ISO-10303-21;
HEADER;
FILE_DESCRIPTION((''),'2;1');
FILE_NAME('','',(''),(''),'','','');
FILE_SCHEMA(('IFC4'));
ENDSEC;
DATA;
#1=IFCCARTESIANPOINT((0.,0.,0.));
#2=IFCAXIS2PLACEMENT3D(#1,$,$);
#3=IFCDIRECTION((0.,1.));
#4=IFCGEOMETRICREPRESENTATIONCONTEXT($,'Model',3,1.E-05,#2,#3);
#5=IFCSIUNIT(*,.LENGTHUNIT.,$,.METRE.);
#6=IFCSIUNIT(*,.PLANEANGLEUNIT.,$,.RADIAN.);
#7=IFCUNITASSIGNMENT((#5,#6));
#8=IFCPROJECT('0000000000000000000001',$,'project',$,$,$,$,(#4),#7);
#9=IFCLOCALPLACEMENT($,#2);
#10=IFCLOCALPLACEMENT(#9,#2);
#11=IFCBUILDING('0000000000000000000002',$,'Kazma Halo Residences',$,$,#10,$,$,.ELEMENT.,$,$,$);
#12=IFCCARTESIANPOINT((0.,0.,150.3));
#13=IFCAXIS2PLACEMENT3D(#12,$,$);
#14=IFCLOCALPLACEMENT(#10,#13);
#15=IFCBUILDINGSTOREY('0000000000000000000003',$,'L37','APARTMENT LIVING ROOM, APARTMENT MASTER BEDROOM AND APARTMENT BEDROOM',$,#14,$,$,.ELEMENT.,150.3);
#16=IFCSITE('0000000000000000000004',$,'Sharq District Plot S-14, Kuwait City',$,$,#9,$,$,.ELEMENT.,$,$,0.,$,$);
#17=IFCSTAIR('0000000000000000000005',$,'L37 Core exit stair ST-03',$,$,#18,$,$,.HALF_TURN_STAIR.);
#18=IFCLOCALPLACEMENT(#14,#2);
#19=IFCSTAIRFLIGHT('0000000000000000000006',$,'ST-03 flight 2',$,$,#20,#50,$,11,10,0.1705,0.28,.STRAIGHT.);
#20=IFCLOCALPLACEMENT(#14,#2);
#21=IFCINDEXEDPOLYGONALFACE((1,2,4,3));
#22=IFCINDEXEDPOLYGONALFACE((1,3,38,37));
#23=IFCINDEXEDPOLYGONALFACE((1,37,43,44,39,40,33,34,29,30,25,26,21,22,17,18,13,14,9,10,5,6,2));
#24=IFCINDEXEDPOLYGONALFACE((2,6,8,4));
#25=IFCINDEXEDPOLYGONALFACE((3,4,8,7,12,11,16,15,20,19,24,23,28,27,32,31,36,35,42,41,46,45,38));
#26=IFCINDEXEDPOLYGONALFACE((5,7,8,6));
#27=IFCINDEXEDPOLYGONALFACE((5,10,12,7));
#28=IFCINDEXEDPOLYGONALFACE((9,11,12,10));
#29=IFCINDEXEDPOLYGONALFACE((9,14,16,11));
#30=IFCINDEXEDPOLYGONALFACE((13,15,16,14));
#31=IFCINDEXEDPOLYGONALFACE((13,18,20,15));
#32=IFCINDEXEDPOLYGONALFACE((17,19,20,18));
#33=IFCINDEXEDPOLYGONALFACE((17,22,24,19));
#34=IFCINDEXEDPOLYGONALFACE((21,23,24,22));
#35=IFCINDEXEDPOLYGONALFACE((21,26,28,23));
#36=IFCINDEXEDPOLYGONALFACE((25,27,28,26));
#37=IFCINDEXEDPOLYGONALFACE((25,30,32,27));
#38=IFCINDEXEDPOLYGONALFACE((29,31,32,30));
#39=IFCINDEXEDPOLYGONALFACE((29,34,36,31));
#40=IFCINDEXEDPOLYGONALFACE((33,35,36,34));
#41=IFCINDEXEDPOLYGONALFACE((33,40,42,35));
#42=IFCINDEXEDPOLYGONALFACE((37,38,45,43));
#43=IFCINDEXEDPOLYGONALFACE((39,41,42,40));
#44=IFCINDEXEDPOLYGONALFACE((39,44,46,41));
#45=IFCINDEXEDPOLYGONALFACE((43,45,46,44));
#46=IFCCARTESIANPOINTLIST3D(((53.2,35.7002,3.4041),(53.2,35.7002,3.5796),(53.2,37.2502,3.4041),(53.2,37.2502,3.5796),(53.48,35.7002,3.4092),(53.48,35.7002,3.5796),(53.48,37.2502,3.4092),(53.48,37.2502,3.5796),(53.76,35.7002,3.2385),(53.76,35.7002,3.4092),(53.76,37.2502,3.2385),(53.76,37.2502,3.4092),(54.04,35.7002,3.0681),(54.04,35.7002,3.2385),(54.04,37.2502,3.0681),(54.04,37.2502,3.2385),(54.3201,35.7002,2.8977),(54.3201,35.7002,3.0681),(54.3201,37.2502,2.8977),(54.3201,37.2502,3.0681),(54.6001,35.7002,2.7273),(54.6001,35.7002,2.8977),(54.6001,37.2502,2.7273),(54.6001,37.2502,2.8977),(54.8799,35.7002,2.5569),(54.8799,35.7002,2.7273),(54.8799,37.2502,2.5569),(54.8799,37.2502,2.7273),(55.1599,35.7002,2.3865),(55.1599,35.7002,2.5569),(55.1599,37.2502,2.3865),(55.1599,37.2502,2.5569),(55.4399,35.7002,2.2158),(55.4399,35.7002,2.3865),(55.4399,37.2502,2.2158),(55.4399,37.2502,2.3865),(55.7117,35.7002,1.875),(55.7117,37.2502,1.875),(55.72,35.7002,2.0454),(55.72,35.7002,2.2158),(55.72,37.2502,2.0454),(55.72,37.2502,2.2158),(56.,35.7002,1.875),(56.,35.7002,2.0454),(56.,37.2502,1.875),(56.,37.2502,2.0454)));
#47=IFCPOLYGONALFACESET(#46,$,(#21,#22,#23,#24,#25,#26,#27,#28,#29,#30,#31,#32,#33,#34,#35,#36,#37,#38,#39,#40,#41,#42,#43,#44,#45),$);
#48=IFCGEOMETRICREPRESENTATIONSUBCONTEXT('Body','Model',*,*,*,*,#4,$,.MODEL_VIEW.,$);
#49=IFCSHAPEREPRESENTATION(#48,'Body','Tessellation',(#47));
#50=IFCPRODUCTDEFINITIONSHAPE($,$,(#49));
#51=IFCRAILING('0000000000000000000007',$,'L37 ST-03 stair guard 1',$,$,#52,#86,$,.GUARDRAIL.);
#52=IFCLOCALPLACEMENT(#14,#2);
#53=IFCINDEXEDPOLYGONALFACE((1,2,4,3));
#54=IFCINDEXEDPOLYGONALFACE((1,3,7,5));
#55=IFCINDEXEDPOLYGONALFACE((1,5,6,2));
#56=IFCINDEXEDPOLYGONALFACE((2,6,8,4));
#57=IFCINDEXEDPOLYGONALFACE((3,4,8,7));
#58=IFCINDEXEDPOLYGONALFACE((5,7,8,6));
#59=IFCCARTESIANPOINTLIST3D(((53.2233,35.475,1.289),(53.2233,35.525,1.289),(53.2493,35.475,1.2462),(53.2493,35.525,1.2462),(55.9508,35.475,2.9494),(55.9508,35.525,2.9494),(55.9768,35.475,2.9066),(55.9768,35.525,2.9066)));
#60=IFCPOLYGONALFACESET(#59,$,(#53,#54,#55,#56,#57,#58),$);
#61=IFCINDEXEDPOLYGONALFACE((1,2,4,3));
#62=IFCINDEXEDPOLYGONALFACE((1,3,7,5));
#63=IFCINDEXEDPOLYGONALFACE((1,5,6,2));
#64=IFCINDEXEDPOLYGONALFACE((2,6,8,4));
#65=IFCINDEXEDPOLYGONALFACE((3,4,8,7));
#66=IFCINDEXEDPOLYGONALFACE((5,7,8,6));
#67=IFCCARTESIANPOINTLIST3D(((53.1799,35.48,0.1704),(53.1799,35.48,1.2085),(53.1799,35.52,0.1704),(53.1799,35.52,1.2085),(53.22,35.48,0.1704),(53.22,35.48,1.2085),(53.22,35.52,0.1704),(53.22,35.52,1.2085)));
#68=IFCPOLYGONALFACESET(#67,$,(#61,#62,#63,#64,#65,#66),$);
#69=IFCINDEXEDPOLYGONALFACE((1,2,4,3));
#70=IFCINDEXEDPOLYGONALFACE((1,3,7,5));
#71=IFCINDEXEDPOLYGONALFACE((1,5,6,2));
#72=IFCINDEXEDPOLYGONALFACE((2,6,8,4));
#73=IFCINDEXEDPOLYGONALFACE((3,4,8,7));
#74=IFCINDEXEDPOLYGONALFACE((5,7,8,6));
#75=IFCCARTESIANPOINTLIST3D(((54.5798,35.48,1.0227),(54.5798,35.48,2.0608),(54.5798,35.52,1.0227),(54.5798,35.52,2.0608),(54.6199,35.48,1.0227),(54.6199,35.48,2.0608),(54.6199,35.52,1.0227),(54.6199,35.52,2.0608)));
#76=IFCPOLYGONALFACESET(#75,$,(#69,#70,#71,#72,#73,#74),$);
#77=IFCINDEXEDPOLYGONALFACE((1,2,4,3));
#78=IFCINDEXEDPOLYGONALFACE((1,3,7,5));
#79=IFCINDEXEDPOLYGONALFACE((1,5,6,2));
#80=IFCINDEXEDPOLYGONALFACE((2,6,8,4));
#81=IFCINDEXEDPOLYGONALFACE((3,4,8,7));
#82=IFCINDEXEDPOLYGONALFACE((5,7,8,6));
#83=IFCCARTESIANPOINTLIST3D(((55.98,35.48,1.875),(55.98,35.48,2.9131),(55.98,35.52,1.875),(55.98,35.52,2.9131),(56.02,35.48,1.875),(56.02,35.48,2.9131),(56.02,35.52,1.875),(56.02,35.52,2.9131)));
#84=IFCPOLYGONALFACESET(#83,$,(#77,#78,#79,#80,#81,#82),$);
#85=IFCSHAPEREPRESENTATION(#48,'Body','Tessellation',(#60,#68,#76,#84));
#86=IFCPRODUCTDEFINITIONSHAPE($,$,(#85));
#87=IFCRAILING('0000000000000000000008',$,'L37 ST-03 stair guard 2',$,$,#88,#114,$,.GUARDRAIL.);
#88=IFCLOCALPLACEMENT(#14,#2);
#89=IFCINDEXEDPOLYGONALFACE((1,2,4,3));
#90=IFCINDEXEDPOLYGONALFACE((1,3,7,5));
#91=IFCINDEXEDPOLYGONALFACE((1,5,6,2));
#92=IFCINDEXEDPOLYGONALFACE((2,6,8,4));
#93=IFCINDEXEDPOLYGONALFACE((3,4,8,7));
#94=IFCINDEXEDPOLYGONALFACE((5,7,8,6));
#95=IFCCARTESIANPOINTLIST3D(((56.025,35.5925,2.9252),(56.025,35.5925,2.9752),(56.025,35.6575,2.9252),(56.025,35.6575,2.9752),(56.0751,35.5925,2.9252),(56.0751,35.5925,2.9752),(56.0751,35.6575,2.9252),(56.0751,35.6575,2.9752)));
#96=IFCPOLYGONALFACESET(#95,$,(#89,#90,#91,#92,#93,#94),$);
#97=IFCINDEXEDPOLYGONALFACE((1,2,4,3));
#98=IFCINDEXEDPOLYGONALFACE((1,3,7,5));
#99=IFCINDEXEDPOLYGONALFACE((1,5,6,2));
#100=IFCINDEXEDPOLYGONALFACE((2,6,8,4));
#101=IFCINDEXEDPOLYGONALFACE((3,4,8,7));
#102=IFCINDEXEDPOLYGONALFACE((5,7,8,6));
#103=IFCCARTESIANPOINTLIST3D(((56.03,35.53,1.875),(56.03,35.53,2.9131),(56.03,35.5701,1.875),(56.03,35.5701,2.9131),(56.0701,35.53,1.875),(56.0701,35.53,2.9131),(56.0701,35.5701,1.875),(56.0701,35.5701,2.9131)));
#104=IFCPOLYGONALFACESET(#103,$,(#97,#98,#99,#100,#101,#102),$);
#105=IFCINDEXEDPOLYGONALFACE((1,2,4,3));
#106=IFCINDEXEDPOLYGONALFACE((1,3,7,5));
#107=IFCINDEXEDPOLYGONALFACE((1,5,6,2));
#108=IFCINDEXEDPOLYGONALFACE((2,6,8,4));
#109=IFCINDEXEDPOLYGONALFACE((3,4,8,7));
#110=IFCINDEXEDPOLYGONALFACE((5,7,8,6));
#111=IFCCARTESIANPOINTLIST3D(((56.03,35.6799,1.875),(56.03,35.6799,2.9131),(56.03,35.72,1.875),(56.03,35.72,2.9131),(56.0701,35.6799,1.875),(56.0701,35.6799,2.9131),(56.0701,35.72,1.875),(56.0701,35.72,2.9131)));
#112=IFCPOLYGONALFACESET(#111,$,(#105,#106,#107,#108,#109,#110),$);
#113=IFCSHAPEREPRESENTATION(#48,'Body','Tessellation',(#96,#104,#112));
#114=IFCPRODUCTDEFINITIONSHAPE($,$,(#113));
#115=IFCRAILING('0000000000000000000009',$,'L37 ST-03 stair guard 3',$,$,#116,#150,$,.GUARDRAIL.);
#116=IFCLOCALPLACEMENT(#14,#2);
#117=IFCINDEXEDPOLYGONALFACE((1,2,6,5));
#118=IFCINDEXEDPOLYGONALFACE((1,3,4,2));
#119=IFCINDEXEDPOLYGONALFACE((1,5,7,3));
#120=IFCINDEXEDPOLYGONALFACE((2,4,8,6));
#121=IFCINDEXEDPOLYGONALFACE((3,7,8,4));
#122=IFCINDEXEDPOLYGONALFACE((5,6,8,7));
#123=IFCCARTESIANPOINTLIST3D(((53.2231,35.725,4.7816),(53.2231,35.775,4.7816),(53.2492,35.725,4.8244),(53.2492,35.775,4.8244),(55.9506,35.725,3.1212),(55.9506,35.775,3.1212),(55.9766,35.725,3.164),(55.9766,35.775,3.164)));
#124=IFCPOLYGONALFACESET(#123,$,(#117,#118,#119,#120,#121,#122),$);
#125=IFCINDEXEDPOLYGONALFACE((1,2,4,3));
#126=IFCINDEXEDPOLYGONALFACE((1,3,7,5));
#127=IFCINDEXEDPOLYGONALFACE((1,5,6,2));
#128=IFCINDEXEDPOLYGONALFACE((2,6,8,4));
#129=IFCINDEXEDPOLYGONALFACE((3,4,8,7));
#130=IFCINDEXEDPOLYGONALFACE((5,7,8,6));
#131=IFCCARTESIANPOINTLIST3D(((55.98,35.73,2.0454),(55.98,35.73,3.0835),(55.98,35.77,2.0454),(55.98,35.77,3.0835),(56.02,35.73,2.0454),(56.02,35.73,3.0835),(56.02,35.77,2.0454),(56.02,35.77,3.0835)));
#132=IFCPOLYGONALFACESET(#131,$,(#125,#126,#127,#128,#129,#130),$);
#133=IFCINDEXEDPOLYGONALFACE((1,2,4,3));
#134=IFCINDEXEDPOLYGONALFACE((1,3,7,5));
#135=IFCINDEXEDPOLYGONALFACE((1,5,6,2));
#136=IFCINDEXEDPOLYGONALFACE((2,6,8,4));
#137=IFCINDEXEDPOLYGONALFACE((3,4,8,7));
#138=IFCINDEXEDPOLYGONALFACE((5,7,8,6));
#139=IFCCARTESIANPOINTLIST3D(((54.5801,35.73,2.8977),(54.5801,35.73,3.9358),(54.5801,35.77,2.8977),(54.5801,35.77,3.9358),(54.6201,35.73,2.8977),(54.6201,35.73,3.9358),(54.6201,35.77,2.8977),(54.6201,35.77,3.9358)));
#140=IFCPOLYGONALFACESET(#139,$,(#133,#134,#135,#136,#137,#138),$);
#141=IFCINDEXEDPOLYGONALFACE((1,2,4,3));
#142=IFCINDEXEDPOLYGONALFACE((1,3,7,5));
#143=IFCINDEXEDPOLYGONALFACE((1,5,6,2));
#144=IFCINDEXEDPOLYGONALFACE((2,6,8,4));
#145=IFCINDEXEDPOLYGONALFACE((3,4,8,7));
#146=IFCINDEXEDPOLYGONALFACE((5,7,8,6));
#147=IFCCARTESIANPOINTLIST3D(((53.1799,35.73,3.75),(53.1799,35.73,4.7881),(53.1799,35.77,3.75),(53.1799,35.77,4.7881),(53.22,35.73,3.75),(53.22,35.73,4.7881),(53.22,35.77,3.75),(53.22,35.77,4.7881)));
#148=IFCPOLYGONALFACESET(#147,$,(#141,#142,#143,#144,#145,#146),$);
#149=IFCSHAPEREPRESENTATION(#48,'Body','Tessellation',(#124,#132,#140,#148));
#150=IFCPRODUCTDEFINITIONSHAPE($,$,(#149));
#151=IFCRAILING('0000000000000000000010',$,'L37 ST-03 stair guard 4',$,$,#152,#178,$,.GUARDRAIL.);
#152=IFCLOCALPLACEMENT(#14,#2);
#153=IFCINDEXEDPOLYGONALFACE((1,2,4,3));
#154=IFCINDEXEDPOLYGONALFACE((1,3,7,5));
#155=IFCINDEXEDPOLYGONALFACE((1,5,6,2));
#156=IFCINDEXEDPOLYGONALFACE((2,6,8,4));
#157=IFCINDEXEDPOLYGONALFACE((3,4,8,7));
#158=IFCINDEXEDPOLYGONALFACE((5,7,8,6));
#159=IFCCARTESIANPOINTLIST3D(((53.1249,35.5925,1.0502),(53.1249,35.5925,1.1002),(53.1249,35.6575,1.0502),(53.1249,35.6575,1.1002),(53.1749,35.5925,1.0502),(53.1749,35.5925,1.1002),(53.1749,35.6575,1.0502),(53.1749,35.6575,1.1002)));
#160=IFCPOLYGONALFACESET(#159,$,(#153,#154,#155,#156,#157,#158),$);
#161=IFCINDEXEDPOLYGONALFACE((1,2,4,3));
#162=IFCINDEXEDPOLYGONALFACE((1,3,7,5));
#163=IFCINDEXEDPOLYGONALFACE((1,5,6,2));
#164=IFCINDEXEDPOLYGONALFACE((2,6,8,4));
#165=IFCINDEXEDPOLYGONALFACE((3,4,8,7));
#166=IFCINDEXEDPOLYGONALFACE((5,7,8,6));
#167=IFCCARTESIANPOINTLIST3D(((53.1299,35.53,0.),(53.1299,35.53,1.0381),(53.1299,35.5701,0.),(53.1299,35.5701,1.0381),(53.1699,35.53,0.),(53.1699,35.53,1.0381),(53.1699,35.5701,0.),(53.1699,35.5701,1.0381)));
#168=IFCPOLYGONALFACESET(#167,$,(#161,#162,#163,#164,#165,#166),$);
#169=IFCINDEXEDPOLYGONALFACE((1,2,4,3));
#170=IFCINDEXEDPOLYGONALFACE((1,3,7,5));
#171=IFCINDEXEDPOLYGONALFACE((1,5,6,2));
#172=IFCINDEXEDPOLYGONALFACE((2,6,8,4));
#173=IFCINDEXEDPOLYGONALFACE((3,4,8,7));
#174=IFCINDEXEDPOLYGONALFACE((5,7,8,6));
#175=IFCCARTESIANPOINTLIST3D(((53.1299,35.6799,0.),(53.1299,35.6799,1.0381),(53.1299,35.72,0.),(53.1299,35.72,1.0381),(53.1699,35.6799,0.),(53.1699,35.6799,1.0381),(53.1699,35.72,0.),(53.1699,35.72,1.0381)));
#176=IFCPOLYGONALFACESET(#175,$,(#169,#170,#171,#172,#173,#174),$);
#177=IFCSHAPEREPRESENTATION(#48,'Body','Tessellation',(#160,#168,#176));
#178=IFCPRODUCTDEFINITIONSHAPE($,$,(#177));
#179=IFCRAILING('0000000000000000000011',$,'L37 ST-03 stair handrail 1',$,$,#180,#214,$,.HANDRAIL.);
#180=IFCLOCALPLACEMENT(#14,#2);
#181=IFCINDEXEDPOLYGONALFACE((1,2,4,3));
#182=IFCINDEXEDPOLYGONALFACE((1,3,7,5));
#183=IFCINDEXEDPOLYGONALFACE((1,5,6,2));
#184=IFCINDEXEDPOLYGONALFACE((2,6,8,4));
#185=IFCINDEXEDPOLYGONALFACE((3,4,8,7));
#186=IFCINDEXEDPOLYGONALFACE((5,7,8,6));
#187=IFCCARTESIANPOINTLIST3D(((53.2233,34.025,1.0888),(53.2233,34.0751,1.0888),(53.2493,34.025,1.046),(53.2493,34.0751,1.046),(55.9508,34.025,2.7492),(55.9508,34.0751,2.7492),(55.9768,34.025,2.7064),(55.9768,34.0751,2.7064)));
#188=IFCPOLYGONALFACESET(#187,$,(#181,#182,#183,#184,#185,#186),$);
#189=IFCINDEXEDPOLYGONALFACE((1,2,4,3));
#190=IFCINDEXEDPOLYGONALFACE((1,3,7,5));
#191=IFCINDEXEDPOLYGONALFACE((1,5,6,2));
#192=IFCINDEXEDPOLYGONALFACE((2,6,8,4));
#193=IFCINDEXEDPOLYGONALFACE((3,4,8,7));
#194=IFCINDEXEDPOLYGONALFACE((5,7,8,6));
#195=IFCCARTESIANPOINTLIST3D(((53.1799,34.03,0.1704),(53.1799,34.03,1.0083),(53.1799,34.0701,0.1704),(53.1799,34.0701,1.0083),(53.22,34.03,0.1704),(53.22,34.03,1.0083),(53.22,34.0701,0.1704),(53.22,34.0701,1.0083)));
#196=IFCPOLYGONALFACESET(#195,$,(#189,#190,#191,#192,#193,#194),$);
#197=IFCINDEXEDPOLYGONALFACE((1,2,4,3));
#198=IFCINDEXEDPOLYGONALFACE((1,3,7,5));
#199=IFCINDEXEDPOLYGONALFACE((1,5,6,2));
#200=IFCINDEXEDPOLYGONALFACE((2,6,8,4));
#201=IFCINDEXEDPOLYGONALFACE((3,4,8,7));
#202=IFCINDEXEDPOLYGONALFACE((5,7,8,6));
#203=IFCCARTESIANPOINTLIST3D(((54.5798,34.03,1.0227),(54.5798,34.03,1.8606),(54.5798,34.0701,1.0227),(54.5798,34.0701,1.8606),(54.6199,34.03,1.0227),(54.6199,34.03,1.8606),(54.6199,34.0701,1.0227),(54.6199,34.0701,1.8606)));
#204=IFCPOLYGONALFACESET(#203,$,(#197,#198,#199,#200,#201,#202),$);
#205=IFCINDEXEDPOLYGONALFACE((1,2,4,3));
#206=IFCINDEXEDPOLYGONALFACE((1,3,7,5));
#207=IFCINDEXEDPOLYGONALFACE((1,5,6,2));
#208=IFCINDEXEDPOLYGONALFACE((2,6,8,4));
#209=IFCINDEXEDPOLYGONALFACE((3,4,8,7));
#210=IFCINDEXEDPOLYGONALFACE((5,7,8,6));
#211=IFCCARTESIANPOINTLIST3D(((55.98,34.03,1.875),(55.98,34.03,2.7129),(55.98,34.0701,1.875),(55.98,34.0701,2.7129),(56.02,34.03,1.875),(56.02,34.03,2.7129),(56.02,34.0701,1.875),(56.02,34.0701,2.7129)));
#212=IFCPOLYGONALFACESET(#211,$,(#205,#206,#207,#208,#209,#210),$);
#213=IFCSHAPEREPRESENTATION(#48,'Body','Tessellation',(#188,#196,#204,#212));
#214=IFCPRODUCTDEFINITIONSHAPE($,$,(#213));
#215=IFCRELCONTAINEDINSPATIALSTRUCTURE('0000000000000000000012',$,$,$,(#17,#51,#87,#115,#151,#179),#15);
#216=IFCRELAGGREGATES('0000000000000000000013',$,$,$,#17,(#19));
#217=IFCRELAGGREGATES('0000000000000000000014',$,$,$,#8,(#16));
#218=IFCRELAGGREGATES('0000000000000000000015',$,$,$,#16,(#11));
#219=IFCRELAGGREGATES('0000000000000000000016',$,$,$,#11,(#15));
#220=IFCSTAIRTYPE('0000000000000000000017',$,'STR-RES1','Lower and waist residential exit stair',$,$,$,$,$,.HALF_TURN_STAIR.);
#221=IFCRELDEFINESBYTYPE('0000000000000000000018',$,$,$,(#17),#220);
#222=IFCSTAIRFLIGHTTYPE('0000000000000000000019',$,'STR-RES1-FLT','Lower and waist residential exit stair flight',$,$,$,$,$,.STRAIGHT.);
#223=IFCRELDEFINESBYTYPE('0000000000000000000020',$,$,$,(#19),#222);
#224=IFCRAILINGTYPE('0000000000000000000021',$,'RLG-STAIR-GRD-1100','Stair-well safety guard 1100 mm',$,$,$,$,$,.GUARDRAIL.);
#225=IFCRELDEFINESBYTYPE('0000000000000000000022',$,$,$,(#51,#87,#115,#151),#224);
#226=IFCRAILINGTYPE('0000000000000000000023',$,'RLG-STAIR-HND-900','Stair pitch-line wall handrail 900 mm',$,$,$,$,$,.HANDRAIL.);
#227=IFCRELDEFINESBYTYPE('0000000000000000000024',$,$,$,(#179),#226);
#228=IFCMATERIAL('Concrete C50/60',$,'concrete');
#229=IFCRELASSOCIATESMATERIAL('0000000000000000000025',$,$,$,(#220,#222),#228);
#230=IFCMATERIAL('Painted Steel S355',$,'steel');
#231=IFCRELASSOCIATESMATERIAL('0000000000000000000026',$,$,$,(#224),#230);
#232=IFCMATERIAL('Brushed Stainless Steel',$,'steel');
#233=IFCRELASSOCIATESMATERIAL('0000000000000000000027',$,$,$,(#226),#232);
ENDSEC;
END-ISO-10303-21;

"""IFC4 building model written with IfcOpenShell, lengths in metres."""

from ifc_helpers import new_model, si_unit, direction, frame, origin, origin_2d, place, context, subcontext, project, spatial, polyline, rectangle, outline, extrude, material, type_object, element, aggregate, save


model = new_model("IFC4")

# Units and contexts
model_context = context("Model", 3, precision=1e-05, world=origin(), true_north=direction((0.0, 1.0)))
body_context = subcontext(model_context, "Body", "Model", "MODEL_VIEW")
ifc_project = project(units=[si_unit("LENGTHUNIT", "METRE"), si_unit("PLANEANGLEUNIT", "RADIAN")], contexts=[model_context])

# Site, building, storey
site_placement = place(None, origin())
site = spatial("IfcSite", under=ifc_project, at=site_placement, Name="Sharq District Plot S-14, Kuwait City", CompositionType="ELEMENT", RefElevation=0.0)
building_placement = place(site_placement, origin())
building = spatial("IfcBuilding", under=site, at=building_placement, Name="Kazma Halo Residences", CompositionType="ELEMENT")
storey_placement = place(building_placement, frame((0.0, 0.0, 150.3)))
storey = spatial("IfcBuildingStorey", under=building, at=storey_placement, Name="L37", Description="APARTMENT LIVING ROOM, APARTMENT MASTER BEDROOM AND APARTMENT BEDROOM", CompositionType="ELEMENT", Elevation=150.3)

# Shared definitions
ifc_material_1 = material(Name="Concrete C50/60", Category="concrete")

# Stair, stair flight
stair_type = type_object("IfcStairType", Name="STR-RES1", Description="Lower and waist residential exit stair", PredefinedType="HALF_TURN_STAIR", material=ifc_material_1)
stair_placement = place(storey_placement, origin())
stair = element("IfcStair", 1, at=stair_placement, inside=storey, type_object=stair_type, Name="L37 Core exit stair ST-03", PredefinedType="HALF_TURN_STAIR")
stair_flight_type = type_object("IfcStairFlightType", Name="STR-RES1-FLT", Description="Lower and waist residential exit stair flight", PredefinedType="STRAIGHT", material=ifc_material_1)
stair_flight_1_placement = place(storey_placement, frame((56.0, 36.4751, 1.875), z_axis=(0.0, 0.0, 1.0), x_axis=(-1.0, 0.0, 0.0)))
stair_flight_1 = element("IfcStairFlight", 2, at=stair_flight_1_placement, type_object=stair_flight_type, Name="ST-03 flight 2", NumberOfRisers=11, NumberOfTreads=10, PredefinedType="STRAIGHT", RiserHeight=0.1705, TreadLength=0.28, context=body_context, shape_type="SweptSolid", body=[
    extrude(outline(polyline([(0.0, 0.0), (0.0, 0.1704), (0.28, 0.1704), (0.28, 0.3408), (0.5601, 0.3408), (0.5601, 0.5115), (0.8401, 0.5115), (0.8401, 0.6819), (1.1201, 0.6819), (1.1201, 0.8523), (1.3999, 0.8523), (1.3999, 1.0227), (1.6799, 1.0227), (1.6799, 1.1931), (1.96, 1.1931), (1.96, 1.3635), (2.24, 1.3635), (2.24, 1.5342), (2.52, 1.5342), (2.52, 1.7046), (2.8, 1.7046), (2.8, 1.875), (2.8, 1.5291), (0.2883, 0.0), (0.0, 0.0)])), frame((0.0, 0.7749, 0.0), z_axis=(0.0, -1.0, 0.0), x_axis=(1.0, 0.0, 0.0)), (0.0, 0.0, 1.0), 1.55),
])
aggregate(stair, [stair_flight_1])

# Railings
ifc_material_2 = material(Name="Painted Steel S355", Category="steel")
railing_type_1 = type_object("IfcRailingType", Name="RLG-STAIR-GRD-1100", Description="Stair-well safety guard 1100 mm", PredefinedType="GUARDRAIL", material=ifc_material_2)
railing_1_placement = place(storey_placement, frame((53.2, 35.5, 0.1704)))
element("IfcRailing", 3, at=railing_1_placement, inside=storey, type_object=railing_type_1, Name="L37 ST-03 stair guard 1", PredefinedType="GUARDRAIL", context=body_context, shape_type="SweptSolid", body=[
    extrude(rectangle(XDim=0.05, YDim=0.05, at=origin_2d()), frame((0.0364, 0.0, 1.0972), z_axis=(0.85417, 0.0, 0.519994), x_axis=(0.0, 1.0, 0.0)), (0.0, 0.0, 1.0), 3.1931),
    extrude(rectangle(XDim=0.04, YDim=0.04, at=origin_2d()), origin(), (0.0, 0.0, 1.0), 1.0381),
    extrude(rectangle(XDim=0.04, YDim=0.04, at=origin_2d()), frame((1.3999, 0.0, 0.8523)), (0.0, 0.0, 1.0), 1.0381),
    extrude(rectangle(XDim=0.04, YDim=0.04, at=origin_2d()), frame((2.8, 0.0, 1.7046)), (0.0, 0.0, 1.0), 1.0381),
])
railing_2_placement = place(storey_placement, frame((56.05, 35.55, 1.875)))
element("IfcRailing", 4, at=railing_2_placement, inside=storey, type_object=railing_type_1, Name="L37 ST-03 stair guard 2", PredefinedType="GUARDRAIL", context=body_context, shape_type="SweptSolid", body=[
    extrude(rectangle(XDim=0.05, YDim=0.05, at=origin_2d()), frame((0.0, 0.0425, 1.0752), z_axis=(0.0, 1.0, 0.0), x_axis=(-1.0, 0.0, 0.0)), (0.0, 0.0, 1.0), 0.0649),
    extrude(rectangle(XDim=0.04, YDim=0.04, at=origin_2d()), origin(), (0.0, 0.0, 1.0), 1.0381),
    extrude(rectangle(XDim=0.04, YDim=0.04, at=origin_2d()), frame((0.0, 0.1499, 0.0)), (0.0, 0.0, 1.0), 1.0381),
])
railing_3_placement = place(storey_placement, frame((56.0, 35.75, 2.0454)))
element("IfcRailing", 5, at=railing_3_placement, inside=storey, type_object=railing_type_1, Name="L37 ST-03 stair guard 3", PredefinedType="GUARDRAIL", context=body_context, shape_type="SweptSolid", body=[
    extrude(rectangle(XDim=0.05, YDim=0.05, at=origin_2d()), frame((-0.0364, 0.0, 1.0972), z_axis=(-0.85417, 0.0, 0.519994), x_axis=(0.0, -1.0, 0.0)), (0.0, 0.0, 1.0), 3.1931),
    extrude(rectangle(XDim=0.04, YDim=0.04, at=origin_2d()), origin(), (0.0, 0.0, 1.0), 1.0381),
    extrude(rectangle(XDim=0.04, YDim=0.04, at=origin_2d()), frame((-1.3999, 0.0, 0.8523)), (0.0, 0.0, 1.0), 1.0381),
    extrude(rectangle(XDim=0.04, YDim=0.04, at=origin_2d()), frame((-2.8, 0.0, 1.7046)), (0.0, 0.0, 1.0), 1.0381),
])
railing_4_placement = place(storey_placement, frame((53.1499, 35.55, 0.0)))
element("IfcRailing", 6, at=railing_4_placement, inside=storey, type_object=railing_type_1, Name="L37 ST-03 stair guard 4", PredefinedType="GUARDRAIL", context=body_context, shape_type="SweptSolid", body=[
    extrude(rectangle(XDim=0.05, YDim=0.05, at=origin_2d()), frame((0.0, 0.0425, 1.0752), z_axis=(0.0, 1.0, 0.0), x_axis=(-1.0, 0.0, 0.0)), (0.0, 0.0, 1.0), 0.0649),
    extrude(rectangle(XDim=0.04, YDim=0.04, at=origin_2d()), origin(), (0.0, 0.0, 1.0), 1.0381),
    extrude(rectangle(XDim=0.04, YDim=0.04, at=origin_2d()), frame((0.0, 0.1499, 0.0)), (0.0, 0.0, 1.0), 1.0381),
])
ifc_material_3 = material(Name="Brushed Stainless Steel", Category="steel")
railing_type_2 = type_object("IfcRailingType", Name="RLG-STAIR-HND-900", Description="Stair pitch-line wall handrail 900 mm", PredefinedType="HANDRAIL", material=ifc_material_3)
railing_5_placement = place(storey_placement, frame((53.2, 34.05, 0.1704)))
element("IfcRailing", 7, at=railing_5_placement, inside=storey, type_object=railing_type_2, Name="L37 ST-03 stair handrail 1", PredefinedType="HANDRAIL", context=body_context, shape_type="SweptSolid", body=[
    extrude(rectangle(XDim=0.05, YDim=0.05, at=origin_2d()), frame((0.0364, 0.0, 0.897), z_axis=(0.85417, 0.0, 0.519994), x_axis=(0.0, 1.0, 0.0)), (0.0, 0.0, 1.0), 3.1931),
    extrude(rectangle(XDim=0.04, YDim=0.04, at=origin_2d()), origin(), (0.0, 0.0, 1.0), 0.8379),
    extrude(rectangle(XDim=0.04, YDim=0.04, at=origin_2d()), frame((1.3999, 0.0, 0.8523)), (0.0, 0.0, 1.0), 0.8379),
    extrude(rectangle(XDim=0.04, YDim=0.04, at=origin_2d()), frame((2.8, 0.0, 1.7046)), (0.0, 0.0, 1.0), 0.8379),
])

save(model, "model.ifc")
